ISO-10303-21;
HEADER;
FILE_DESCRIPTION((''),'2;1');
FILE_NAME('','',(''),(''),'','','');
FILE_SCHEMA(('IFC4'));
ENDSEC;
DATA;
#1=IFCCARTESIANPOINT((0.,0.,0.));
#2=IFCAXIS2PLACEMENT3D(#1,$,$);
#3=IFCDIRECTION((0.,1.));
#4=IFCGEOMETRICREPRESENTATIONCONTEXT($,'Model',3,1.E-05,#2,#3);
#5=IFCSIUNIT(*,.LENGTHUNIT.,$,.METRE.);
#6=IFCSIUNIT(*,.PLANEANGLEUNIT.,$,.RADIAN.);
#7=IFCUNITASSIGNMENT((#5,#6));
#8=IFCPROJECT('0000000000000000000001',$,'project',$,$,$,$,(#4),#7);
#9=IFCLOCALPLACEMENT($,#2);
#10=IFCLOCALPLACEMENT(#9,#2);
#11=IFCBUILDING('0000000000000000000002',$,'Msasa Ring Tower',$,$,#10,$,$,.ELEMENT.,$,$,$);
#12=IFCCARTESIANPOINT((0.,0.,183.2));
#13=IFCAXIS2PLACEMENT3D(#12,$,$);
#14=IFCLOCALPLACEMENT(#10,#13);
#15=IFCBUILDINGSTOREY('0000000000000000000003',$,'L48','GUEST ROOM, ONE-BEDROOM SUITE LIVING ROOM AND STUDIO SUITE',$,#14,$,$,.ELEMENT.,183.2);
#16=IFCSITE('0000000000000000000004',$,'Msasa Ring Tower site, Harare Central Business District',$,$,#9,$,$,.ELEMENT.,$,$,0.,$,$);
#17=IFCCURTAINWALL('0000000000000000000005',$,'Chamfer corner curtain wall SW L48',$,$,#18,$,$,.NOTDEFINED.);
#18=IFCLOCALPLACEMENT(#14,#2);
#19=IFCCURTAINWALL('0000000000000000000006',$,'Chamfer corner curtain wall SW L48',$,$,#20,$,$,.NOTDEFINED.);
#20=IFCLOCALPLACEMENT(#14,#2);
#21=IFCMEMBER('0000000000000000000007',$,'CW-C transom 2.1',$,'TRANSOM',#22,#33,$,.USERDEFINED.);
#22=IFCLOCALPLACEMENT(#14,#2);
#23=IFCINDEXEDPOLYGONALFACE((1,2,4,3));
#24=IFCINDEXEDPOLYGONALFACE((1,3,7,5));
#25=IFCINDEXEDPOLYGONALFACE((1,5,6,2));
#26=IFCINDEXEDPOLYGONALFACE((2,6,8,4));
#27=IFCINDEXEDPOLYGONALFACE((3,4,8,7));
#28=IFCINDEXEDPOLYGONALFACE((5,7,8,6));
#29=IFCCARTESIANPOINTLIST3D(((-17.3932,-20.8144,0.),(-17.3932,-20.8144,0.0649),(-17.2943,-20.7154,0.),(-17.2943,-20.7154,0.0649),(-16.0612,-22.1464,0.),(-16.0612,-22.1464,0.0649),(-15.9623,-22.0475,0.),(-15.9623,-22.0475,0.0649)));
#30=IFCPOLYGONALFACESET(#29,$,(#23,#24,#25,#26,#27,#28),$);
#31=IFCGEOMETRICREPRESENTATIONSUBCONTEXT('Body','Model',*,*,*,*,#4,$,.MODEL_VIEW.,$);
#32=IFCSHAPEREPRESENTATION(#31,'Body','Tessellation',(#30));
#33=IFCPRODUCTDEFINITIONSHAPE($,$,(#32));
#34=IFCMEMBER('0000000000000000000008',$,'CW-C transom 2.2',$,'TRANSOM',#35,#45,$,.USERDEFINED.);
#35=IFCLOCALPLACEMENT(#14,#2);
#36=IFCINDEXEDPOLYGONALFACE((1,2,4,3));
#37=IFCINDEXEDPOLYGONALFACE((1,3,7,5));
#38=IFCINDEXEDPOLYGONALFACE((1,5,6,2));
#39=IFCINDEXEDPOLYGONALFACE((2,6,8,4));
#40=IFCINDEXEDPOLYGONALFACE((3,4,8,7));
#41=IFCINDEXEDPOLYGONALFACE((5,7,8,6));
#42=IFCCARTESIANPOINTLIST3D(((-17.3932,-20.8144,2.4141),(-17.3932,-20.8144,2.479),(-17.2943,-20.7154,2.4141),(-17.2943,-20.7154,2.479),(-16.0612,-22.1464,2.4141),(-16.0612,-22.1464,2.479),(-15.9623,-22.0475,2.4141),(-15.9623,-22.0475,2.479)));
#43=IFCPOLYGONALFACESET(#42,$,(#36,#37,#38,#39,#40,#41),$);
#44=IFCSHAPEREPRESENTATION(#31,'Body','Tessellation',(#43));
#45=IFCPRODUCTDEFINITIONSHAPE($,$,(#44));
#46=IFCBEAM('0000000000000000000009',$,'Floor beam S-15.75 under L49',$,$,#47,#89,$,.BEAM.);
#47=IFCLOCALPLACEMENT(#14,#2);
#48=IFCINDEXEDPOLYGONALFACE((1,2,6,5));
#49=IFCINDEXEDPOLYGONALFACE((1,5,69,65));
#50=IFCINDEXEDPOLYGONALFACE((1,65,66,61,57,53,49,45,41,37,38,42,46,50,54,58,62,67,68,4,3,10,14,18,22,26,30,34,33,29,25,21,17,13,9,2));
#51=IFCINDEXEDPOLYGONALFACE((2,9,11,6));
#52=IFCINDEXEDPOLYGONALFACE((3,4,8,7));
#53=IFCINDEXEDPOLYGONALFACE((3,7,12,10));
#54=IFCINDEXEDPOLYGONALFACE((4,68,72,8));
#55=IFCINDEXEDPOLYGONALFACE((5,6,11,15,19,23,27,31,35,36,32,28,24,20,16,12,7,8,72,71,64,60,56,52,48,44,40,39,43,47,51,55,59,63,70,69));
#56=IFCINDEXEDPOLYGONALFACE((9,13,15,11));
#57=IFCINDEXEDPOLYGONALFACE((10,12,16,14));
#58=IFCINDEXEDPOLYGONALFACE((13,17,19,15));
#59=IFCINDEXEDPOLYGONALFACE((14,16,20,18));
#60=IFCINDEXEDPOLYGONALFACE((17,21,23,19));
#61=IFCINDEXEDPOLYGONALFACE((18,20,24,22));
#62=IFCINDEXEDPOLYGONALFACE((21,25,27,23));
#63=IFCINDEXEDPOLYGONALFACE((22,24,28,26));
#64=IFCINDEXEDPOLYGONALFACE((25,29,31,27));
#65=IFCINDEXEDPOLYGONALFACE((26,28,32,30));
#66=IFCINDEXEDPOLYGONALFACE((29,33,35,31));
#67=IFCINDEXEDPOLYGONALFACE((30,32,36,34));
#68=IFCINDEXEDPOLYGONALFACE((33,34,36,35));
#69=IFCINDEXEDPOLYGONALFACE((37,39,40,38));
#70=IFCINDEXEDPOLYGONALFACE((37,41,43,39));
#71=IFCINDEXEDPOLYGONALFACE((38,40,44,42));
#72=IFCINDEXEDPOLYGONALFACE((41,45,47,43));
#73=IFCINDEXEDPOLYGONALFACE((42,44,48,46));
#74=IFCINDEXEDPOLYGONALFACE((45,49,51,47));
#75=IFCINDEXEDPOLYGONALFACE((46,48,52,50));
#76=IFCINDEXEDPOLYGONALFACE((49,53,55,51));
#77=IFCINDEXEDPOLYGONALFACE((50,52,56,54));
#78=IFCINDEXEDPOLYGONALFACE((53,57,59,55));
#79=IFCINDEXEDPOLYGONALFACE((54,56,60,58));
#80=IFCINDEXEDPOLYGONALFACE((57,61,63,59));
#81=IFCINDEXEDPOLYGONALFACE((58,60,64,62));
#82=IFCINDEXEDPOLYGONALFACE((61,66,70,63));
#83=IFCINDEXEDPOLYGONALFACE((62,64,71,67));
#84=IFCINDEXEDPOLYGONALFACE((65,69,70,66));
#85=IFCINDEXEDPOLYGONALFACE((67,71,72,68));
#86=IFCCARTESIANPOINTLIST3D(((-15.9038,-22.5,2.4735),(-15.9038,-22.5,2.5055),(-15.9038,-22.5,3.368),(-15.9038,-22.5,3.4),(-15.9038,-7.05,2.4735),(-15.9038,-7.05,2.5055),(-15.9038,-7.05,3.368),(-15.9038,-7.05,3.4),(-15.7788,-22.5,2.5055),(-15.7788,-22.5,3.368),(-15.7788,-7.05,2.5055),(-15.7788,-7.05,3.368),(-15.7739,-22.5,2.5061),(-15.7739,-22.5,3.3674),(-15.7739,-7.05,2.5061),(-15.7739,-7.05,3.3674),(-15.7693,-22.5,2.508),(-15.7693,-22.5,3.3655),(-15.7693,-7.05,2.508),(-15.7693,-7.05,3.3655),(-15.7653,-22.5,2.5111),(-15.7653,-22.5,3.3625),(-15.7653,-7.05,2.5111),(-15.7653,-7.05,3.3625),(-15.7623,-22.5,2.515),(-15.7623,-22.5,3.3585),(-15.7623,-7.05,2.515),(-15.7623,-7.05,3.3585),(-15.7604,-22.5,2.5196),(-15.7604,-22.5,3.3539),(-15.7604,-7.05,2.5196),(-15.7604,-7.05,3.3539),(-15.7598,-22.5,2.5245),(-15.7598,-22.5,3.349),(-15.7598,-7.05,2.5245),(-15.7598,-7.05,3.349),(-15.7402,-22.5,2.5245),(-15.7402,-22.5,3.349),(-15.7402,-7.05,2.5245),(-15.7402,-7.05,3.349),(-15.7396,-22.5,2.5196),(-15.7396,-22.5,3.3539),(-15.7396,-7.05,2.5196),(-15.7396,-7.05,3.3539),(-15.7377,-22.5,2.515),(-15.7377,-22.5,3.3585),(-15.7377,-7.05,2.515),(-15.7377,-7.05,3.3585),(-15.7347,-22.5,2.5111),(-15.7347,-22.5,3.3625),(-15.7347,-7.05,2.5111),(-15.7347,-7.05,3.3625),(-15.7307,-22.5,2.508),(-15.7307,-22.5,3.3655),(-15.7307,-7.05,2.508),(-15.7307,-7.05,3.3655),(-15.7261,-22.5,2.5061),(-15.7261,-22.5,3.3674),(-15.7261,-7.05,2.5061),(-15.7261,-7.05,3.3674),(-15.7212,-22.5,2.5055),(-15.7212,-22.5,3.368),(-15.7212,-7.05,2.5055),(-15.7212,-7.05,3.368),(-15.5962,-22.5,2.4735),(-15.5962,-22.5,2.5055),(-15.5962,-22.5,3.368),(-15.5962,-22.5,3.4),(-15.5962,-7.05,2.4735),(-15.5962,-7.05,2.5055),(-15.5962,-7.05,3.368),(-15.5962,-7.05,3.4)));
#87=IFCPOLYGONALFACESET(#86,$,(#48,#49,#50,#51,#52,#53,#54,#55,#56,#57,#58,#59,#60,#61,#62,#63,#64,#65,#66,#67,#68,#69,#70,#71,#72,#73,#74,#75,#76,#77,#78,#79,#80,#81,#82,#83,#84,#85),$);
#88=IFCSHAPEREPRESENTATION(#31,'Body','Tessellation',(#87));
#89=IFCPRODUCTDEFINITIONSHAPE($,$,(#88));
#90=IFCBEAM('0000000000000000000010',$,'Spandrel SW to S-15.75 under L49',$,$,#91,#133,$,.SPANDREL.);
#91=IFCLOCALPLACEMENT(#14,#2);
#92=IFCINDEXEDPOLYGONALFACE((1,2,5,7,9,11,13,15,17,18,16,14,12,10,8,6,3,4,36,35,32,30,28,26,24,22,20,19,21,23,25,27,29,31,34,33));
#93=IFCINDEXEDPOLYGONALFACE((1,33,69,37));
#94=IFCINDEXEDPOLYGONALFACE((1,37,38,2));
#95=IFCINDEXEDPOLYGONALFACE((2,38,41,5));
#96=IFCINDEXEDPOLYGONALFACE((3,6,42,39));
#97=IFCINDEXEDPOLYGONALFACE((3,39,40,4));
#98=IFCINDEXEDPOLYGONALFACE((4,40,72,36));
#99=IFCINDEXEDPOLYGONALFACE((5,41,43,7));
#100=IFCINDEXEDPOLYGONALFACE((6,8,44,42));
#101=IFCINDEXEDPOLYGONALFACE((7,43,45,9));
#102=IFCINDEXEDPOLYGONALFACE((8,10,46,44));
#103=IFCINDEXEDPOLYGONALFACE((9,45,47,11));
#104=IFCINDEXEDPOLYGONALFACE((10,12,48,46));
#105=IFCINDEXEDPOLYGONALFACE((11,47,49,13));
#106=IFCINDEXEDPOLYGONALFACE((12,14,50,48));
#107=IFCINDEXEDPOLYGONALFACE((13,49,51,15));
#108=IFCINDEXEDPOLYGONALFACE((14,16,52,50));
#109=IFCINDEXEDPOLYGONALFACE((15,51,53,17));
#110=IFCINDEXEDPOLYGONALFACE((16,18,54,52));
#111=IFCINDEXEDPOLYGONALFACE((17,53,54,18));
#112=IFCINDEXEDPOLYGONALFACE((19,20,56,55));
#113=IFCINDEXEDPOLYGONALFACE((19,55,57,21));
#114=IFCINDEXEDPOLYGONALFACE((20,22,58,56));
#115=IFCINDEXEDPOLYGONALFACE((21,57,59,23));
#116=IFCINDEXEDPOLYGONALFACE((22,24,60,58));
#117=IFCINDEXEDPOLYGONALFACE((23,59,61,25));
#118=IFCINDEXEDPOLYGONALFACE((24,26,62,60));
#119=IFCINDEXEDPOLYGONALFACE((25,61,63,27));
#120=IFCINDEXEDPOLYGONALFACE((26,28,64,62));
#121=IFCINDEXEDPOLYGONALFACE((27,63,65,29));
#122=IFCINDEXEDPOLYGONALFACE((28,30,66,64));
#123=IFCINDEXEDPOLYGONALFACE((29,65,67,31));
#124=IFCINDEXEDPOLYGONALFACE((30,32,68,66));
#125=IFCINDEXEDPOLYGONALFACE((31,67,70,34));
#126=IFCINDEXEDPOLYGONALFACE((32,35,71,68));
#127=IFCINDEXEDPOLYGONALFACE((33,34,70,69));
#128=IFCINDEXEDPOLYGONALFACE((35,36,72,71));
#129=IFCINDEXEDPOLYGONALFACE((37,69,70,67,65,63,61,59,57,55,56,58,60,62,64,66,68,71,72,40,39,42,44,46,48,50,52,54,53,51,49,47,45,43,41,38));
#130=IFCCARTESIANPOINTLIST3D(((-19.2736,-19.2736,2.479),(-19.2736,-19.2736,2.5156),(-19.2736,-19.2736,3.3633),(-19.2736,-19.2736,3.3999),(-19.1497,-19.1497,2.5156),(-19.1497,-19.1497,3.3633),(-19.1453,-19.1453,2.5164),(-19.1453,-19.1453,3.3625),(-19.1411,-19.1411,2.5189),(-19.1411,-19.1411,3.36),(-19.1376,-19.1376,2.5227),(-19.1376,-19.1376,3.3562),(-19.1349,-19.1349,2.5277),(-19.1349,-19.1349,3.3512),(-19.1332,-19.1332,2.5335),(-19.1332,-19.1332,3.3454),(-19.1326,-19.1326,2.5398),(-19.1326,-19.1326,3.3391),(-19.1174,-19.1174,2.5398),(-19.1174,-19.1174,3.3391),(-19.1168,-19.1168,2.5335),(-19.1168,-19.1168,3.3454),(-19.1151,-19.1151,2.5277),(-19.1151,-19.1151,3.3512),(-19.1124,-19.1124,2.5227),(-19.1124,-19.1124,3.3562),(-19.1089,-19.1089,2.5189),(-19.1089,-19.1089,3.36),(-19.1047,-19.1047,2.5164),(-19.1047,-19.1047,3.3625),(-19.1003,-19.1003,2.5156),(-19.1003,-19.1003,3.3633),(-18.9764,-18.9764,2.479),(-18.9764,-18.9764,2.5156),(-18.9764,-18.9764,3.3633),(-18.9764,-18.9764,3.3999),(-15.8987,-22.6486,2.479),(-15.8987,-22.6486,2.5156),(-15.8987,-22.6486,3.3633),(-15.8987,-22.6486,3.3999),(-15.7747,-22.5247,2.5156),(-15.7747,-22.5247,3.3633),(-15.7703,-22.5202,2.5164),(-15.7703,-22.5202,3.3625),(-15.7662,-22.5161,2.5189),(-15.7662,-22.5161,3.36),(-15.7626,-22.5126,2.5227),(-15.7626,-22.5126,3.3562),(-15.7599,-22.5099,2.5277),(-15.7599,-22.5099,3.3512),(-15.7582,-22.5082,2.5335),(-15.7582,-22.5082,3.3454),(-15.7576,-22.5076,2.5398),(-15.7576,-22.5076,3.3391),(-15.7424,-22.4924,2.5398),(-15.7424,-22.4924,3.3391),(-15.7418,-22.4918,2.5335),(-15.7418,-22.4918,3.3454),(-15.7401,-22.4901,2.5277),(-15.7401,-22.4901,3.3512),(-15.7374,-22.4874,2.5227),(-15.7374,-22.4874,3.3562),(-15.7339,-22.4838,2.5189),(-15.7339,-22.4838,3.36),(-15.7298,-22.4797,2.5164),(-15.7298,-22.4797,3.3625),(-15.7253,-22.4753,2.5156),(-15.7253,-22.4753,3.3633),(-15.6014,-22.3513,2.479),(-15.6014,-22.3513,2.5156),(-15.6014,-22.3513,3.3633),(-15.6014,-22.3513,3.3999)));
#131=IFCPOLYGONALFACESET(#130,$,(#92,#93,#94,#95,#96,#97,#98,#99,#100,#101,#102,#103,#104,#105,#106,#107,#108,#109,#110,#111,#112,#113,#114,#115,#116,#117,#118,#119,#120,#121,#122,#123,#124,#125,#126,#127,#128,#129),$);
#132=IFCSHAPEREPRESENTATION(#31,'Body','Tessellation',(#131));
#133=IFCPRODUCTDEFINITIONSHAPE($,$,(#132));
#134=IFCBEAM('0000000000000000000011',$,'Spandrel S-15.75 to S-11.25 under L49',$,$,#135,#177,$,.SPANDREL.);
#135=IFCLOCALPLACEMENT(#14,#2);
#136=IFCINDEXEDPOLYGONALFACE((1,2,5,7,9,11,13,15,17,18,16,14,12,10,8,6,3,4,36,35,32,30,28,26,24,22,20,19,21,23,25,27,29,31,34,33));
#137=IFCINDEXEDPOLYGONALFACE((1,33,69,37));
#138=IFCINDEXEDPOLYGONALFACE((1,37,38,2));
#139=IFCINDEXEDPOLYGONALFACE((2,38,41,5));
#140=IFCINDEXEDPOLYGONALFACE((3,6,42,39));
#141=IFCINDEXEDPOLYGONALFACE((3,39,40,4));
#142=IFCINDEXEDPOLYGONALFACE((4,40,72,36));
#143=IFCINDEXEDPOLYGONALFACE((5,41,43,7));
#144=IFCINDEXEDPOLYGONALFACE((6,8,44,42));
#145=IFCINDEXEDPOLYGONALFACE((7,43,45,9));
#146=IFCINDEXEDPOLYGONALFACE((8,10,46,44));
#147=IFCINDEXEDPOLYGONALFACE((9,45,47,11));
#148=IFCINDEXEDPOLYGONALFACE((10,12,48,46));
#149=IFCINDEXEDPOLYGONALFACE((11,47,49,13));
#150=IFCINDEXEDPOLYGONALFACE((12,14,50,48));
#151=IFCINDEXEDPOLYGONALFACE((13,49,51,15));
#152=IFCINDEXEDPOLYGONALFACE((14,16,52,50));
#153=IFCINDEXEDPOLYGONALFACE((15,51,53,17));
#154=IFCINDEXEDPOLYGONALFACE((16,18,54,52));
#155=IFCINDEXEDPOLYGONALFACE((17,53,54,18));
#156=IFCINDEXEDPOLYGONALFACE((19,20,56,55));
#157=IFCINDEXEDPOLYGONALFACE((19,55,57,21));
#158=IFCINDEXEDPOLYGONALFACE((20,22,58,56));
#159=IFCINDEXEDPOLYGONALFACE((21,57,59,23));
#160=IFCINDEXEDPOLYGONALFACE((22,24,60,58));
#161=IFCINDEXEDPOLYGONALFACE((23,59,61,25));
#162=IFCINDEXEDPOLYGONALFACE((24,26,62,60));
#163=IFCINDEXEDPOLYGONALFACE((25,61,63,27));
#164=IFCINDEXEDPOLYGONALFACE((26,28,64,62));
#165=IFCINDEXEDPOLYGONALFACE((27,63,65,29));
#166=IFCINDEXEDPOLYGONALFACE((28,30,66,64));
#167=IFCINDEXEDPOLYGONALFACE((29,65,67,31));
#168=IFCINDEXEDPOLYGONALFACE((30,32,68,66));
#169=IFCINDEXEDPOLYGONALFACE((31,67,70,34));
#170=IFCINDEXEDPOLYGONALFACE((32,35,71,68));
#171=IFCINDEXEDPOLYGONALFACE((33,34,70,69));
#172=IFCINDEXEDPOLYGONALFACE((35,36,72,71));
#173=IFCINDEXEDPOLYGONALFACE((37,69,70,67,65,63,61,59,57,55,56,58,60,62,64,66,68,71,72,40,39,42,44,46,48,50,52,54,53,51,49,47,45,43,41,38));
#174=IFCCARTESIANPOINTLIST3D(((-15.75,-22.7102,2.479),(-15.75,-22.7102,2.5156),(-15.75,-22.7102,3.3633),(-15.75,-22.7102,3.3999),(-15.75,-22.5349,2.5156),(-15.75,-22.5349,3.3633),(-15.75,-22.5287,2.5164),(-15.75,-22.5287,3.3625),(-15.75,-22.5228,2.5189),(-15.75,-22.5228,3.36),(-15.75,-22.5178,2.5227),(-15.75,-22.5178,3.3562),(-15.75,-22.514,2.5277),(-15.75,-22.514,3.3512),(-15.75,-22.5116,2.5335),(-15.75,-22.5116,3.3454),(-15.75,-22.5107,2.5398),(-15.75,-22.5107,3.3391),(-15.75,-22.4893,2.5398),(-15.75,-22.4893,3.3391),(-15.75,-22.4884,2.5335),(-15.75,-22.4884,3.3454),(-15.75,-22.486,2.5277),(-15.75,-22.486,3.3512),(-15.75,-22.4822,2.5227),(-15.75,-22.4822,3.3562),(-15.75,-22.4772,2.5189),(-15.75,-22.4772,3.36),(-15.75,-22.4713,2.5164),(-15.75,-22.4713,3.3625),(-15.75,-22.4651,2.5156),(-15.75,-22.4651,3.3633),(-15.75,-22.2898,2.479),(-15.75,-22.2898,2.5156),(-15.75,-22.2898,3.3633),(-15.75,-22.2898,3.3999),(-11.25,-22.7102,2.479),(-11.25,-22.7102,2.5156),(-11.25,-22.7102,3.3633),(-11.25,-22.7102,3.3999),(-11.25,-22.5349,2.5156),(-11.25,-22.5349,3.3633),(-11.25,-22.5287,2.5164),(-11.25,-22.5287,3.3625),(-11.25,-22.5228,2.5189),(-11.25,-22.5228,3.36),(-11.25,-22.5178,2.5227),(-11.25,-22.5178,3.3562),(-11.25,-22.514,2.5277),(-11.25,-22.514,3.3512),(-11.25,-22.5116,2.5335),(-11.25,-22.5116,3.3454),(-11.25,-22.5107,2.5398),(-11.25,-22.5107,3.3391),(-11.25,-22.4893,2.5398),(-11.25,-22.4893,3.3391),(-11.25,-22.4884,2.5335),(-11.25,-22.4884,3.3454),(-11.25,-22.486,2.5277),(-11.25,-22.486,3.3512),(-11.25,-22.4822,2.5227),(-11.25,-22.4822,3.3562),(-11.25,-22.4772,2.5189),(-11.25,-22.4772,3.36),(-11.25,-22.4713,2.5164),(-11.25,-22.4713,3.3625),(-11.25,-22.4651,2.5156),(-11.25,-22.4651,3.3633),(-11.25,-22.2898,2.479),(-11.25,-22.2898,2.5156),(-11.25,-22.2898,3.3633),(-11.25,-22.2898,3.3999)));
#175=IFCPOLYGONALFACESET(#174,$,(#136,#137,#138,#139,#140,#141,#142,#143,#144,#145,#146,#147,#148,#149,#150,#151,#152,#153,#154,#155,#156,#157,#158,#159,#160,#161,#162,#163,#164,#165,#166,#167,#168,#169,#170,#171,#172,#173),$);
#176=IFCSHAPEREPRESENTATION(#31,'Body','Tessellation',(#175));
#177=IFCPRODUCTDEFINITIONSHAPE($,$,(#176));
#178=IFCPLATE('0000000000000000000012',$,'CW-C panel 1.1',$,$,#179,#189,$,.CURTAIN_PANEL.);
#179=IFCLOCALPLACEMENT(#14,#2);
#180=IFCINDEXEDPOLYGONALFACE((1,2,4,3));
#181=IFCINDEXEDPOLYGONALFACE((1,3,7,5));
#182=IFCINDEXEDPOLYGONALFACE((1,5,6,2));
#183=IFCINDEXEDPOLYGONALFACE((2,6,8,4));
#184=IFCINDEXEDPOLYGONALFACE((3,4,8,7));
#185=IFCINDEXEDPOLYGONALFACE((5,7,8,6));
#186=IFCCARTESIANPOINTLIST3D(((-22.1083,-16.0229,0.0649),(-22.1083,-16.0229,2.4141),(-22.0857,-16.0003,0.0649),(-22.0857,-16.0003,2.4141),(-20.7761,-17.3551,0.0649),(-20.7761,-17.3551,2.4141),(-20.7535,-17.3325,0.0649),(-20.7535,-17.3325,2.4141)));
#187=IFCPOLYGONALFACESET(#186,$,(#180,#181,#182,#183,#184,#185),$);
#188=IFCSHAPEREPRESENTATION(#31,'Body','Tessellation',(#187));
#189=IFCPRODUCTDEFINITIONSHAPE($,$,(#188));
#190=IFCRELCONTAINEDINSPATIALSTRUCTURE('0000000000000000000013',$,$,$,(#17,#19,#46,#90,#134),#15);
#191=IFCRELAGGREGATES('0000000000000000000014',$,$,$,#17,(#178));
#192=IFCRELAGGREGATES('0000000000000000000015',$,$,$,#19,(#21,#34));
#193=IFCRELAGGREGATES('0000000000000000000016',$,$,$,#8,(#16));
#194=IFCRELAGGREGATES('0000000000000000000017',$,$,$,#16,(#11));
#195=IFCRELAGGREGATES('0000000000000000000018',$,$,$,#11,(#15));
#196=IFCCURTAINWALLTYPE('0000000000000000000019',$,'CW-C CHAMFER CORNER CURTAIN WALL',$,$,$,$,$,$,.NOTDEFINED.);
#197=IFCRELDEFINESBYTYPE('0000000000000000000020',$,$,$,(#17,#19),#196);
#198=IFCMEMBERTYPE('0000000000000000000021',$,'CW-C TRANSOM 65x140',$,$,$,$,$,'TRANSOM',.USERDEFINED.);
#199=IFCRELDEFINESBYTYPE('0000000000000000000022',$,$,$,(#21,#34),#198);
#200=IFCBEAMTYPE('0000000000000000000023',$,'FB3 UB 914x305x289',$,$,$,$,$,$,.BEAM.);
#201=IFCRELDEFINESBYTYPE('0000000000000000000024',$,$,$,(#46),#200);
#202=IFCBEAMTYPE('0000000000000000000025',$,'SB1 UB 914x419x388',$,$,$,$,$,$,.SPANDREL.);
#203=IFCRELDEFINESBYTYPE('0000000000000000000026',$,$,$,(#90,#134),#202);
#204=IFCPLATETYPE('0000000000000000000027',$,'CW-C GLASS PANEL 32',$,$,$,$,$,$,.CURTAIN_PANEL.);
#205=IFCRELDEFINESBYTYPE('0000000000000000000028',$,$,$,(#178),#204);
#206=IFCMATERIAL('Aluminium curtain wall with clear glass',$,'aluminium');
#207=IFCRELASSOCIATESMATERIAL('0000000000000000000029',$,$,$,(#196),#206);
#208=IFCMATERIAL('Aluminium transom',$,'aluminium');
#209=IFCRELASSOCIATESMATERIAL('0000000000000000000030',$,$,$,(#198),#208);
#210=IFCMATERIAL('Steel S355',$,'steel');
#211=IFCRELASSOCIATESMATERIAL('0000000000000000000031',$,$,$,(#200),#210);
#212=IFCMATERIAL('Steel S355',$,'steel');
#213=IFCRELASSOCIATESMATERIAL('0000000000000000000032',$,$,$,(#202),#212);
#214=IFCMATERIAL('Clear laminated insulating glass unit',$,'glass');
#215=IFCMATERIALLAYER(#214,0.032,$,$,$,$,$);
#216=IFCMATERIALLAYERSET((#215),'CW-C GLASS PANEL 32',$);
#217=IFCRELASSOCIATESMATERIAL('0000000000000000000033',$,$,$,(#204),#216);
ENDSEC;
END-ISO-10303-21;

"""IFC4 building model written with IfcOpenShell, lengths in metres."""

from ifc_helpers import new_model, si_unit, direction, frame, origin, origin_2d, place, context, subcontext, project, spatial, rectangle, i_section, extrude, material, layer, layer_set, material_profile, profile_set, type_object, element, aggregate, save


model = new_model("IFC4")

# Units and contexts
model_context = context("Model", 3, precision=1e-05, world=origin(), true_north=direction((0.0, 1.0)))
body_context = subcontext(model_context, "Body", "Model", "MODEL_VIEW")
ifc_project = project(units=[si_unit("LENGTHUNIT", "METRE"), si_unit("PLANEANGLEUNIT", "RADIAN")], contexts=[model_context])

# Site, building, storey
site_placement = place(None, origin())
site = spatial("IfcSite", under=ifc_project, at=site_placement, Name="Msasa Ring Tower site, Harare Central Business District", CompositionType="ELEMENT", RefElevation=0.0)
building_placement = place(site_placement, origin())
building = spatial("IfcBuilding", under=site, at=building_placement, Name="Msasa Ring Tower", CompositionType="ELEMENT")
storey_placement = place(building_placement, frame((0.0, 0.0, 183.2)))
storey = spatial("IfcBuildingStorey", under=building, at=storey_placement, Name="L48", Description="GUEST ROOM, ONE-BEDROOM SUITE LIVING ROOM AND STUDIO SUITE", CompositionType="ELEMENT", Elevation=183.2)

# Curtain walls
ifc_material_1 = material(Name="Aluminium curtain wall with clear glass", Category="aluminium")
curtain_wall_type = type_object("IfcCurtainWallType", Name="CW-C CHAMFER CORNER CURTAIN WALL", PredefinedType="NOTDEFINED", material=ifc_material_1)
curtain_wall_1_placement = place(storey_placement, origin())
curtain_wall_1 = element("IfcCurtainWall", 1, at=curtain_wall_1_placement, inside=storey, type_object=curtain_wall_type, Name="Chamfer corner curtain wall SW L48", PredefinedType="NOTDEFINED")
curtain_wall_2_placement = place(storey_placement, origin())
curtain_wall_2 = element("IfcCurtainWall", 2, at=curtain_wall_2_placement, inside=storey, type_object=curtain_wall_type, Name="Chamfer corner curtain wall SW L48", PredefinedType="NOTDEFINED")

# Members
ifc_material_2 = material(Name="Aluminium transom", Category="aluminium")
ifc_material_profile_1 = material_profile(ifc_material_2, rectangle(XDim=0.1399, YDim=0.0649, at=origin_2d()), Name="AL 65x140")
ifc_profile_set_1 = profile_set([ifc_material_profile_1], Name="Aluminium transom")
member_type_1 = type_object("IfcMemberType", Name="CW-C TRANSOM 65x140", ElementType="TRANSOM", PredefinedType="USERDEFINED", material=ifc_profile_set_1)
member_1_placement = place(storey_placement, frame((-17.3438, -20.7649, 0.0325), z_axis=(0.707107, -0.707107, 0.0), x_axis=(0.707107, 0.707107, 0.0)))
member_1 = element("IfcMember", 3, at=member_1_placement, type_object=member_type_1, Name="CW-C transom 2.1", ObjectType="TRANSOM", PredefinedType="USERDEFINED", context=body_context, shape_type="SweptSolid", body=[
    extrude(rectangle(XDim=0.1399, YDim=0.0649, at=origin_2d()), origin(), (0.0, 0.0, 1.0), 1.8838),
])
member_2_placement = place(storey_placement, frame((-17.3438, -20.7649, 2.4465), z_axis=(0.707107, -0.707107, 0.0), x_axis=(0.707107, 0.707107, 0.0)))
member_2 = element("IfcMember", 4, at=member_2_placement, type_object=member_type_1, Name="CW-C transom 2.2", ObjectType="TRANSOM", PredefinedType="USERDEFINED", context=body_context, shape_type="SweptSolid", body=[
    extrude(rectangle(XDim=0.1399, YDim=0.0649, at=origin_2d()), origin(), (0.0, 0.0, 1.0), 1.8838),
])

# Beams
ifc_material_3 = material(Name="Steel S355", Category="steel")
ifc_material_profile_2 = material_profile(ifc_material_3, i_section(OverallWidth=0.3076, OverallDepth=0.9265, WebThickness=0.0195, FlangeThickness=0.032, FilletRadius=0.019, at=origin_2d()), Name="UB 914x305x289")
ifc_profile_set_2 = profile_set([ifc_material_profile_2], Name="Steel S355")
beam_type_1 = type_object("IfcBeamType", Name="FB3 UB 914x305x289", PredefinedType="BEAM", material=ifc_profile_set_2)
beam_1_placement = place(storey_placement, frame((-15.75, -22.5, 2.9368), z_axis=(0.0, 1.0, 0.0), x_axis=(-1.0, 0.0, 0.0)))
element("IfcBeam", 5, at=beam_1_placement, inside=storey, type_object=beam_type_1, Name="Floor beam S-15.75 under L49", PredefinedType="BEAM", context=body_context, shape_type="SweptSolid", body=[
    extrude(i_section(OverallWidth=0.3076, OverallDepth=0.9265, WebThickness=0.0195, FlangeThickness=0.032, FilletRadius=0.019, at=origin_2d()), origin(), (0.0, 0.0, 1.0), 15.45),
])
ifc_material_4 = material(Name="Steel S355", Category="steel")
ifc_material_profile_3 = material_profile(ifc_material_4, i_section(OverallWidth=0.4204, OverallDepth=0.9209, WebThickness=0.0215, FlangeThickness=0.0366, FilletRadius=0.0242, at=origin_2d()), Name="UB 914x419x388")
ifc_profile_set_3 = profile_set([ifc_material_profile_3], Name="Steel S355")
beam_type_2 = type_object("IfcBeamType", Name="SB1 UB 914x419x388", PredefinedType="SPANDREL", material=ifc_profile_set_3)
beam_2_placement = place(storey_placement, frame((-19.125, -19.125, 2.9395), z_axis=(0.707107, -0.707107, 0.0), x_axis=(0.707107, 0.707107, 0.0)))
element("IfcBeam", 6, at=beam_2_placement, inside=storey, type_object=beam_type_2, Name="Spandrel SW to S-15.75 under L49", PredefinedType="SPANDREL", context=body_context, shape_type="SweptSolid", body=[
    extrude(i_section(OverallWidth=0.4204, OverallDepth=0.9209, WebThickness=0.0215, FlangeThickness=0.0366, FilletRadius=0.0242, at=origin_2d()), origin(), (0.0, 0.0, 1.0), 4.7729),
])
beam_3_placement = place(storey_placement, frame((-15.75, -22.5, 2.9395), z_axis=(1.0, 0.0, 0.0), x_axis=(0.0, 1.0, 0.0)))
element("IfcBeam", 7, at=beam_3_placement, inside=storey, type_object=beam_type_2, Name="Spandrel S-15.75 to S-11.25 under L49", PredefinedType="SPANDREL", context=body_context, shape_type="SweptSolid", body=[
    extrude(i_section(OverallWidth=0.4204, OverallDepth=0.9209, WebThickness=0.0215, FlangeThickness=0.0366, FilletRadius=0.0242, at=origin_2d()), origin(), (0.0, 0.0, 1.0), 4.5),
])

# Plate
ifc_material_5 = material(Name="Clear laminated insulating glass unit", Category="glass")
ifc_layer_1 = layer(ifc_material_5, 0.032)
ifc_layer_set_1 = layer_set([ifc_layer_1], Name="CW-C GLASS PANEL 32")
plate_type = type_object("IfcPlateType", Name="CW-C GLASS PANEL 32", PredefinedType="CURTAIN_PANEL", material=ifc_layer_set_1)
plate_1_placement = place(storey_placement, frame((-21.4309, -16.6777, 0.0649), z_axis=(0.0, 0.0, 1.0), x_axis=(0.707107, -0.707107, 0.0)))
plate_1 = element("IfcPlate", 8, at=plate_1_placement, type_object=plate_type, Name="CW-C panel 1.1", PredefinedType="CURTAIN_PANEL", context=body_context, shape_type="SweptSolid", body=[
    extrude(rectangle(XDim=1.884, YDim=0.032, at=origin_2d()), origin(), (0.0, 0.0, 1.0), 2.3491),
])
aggregate(curtain_wall_1, [plate_1])
aggregate(curtain_wall_2, [member_1, member_2])

save(model, "model.ifc")
